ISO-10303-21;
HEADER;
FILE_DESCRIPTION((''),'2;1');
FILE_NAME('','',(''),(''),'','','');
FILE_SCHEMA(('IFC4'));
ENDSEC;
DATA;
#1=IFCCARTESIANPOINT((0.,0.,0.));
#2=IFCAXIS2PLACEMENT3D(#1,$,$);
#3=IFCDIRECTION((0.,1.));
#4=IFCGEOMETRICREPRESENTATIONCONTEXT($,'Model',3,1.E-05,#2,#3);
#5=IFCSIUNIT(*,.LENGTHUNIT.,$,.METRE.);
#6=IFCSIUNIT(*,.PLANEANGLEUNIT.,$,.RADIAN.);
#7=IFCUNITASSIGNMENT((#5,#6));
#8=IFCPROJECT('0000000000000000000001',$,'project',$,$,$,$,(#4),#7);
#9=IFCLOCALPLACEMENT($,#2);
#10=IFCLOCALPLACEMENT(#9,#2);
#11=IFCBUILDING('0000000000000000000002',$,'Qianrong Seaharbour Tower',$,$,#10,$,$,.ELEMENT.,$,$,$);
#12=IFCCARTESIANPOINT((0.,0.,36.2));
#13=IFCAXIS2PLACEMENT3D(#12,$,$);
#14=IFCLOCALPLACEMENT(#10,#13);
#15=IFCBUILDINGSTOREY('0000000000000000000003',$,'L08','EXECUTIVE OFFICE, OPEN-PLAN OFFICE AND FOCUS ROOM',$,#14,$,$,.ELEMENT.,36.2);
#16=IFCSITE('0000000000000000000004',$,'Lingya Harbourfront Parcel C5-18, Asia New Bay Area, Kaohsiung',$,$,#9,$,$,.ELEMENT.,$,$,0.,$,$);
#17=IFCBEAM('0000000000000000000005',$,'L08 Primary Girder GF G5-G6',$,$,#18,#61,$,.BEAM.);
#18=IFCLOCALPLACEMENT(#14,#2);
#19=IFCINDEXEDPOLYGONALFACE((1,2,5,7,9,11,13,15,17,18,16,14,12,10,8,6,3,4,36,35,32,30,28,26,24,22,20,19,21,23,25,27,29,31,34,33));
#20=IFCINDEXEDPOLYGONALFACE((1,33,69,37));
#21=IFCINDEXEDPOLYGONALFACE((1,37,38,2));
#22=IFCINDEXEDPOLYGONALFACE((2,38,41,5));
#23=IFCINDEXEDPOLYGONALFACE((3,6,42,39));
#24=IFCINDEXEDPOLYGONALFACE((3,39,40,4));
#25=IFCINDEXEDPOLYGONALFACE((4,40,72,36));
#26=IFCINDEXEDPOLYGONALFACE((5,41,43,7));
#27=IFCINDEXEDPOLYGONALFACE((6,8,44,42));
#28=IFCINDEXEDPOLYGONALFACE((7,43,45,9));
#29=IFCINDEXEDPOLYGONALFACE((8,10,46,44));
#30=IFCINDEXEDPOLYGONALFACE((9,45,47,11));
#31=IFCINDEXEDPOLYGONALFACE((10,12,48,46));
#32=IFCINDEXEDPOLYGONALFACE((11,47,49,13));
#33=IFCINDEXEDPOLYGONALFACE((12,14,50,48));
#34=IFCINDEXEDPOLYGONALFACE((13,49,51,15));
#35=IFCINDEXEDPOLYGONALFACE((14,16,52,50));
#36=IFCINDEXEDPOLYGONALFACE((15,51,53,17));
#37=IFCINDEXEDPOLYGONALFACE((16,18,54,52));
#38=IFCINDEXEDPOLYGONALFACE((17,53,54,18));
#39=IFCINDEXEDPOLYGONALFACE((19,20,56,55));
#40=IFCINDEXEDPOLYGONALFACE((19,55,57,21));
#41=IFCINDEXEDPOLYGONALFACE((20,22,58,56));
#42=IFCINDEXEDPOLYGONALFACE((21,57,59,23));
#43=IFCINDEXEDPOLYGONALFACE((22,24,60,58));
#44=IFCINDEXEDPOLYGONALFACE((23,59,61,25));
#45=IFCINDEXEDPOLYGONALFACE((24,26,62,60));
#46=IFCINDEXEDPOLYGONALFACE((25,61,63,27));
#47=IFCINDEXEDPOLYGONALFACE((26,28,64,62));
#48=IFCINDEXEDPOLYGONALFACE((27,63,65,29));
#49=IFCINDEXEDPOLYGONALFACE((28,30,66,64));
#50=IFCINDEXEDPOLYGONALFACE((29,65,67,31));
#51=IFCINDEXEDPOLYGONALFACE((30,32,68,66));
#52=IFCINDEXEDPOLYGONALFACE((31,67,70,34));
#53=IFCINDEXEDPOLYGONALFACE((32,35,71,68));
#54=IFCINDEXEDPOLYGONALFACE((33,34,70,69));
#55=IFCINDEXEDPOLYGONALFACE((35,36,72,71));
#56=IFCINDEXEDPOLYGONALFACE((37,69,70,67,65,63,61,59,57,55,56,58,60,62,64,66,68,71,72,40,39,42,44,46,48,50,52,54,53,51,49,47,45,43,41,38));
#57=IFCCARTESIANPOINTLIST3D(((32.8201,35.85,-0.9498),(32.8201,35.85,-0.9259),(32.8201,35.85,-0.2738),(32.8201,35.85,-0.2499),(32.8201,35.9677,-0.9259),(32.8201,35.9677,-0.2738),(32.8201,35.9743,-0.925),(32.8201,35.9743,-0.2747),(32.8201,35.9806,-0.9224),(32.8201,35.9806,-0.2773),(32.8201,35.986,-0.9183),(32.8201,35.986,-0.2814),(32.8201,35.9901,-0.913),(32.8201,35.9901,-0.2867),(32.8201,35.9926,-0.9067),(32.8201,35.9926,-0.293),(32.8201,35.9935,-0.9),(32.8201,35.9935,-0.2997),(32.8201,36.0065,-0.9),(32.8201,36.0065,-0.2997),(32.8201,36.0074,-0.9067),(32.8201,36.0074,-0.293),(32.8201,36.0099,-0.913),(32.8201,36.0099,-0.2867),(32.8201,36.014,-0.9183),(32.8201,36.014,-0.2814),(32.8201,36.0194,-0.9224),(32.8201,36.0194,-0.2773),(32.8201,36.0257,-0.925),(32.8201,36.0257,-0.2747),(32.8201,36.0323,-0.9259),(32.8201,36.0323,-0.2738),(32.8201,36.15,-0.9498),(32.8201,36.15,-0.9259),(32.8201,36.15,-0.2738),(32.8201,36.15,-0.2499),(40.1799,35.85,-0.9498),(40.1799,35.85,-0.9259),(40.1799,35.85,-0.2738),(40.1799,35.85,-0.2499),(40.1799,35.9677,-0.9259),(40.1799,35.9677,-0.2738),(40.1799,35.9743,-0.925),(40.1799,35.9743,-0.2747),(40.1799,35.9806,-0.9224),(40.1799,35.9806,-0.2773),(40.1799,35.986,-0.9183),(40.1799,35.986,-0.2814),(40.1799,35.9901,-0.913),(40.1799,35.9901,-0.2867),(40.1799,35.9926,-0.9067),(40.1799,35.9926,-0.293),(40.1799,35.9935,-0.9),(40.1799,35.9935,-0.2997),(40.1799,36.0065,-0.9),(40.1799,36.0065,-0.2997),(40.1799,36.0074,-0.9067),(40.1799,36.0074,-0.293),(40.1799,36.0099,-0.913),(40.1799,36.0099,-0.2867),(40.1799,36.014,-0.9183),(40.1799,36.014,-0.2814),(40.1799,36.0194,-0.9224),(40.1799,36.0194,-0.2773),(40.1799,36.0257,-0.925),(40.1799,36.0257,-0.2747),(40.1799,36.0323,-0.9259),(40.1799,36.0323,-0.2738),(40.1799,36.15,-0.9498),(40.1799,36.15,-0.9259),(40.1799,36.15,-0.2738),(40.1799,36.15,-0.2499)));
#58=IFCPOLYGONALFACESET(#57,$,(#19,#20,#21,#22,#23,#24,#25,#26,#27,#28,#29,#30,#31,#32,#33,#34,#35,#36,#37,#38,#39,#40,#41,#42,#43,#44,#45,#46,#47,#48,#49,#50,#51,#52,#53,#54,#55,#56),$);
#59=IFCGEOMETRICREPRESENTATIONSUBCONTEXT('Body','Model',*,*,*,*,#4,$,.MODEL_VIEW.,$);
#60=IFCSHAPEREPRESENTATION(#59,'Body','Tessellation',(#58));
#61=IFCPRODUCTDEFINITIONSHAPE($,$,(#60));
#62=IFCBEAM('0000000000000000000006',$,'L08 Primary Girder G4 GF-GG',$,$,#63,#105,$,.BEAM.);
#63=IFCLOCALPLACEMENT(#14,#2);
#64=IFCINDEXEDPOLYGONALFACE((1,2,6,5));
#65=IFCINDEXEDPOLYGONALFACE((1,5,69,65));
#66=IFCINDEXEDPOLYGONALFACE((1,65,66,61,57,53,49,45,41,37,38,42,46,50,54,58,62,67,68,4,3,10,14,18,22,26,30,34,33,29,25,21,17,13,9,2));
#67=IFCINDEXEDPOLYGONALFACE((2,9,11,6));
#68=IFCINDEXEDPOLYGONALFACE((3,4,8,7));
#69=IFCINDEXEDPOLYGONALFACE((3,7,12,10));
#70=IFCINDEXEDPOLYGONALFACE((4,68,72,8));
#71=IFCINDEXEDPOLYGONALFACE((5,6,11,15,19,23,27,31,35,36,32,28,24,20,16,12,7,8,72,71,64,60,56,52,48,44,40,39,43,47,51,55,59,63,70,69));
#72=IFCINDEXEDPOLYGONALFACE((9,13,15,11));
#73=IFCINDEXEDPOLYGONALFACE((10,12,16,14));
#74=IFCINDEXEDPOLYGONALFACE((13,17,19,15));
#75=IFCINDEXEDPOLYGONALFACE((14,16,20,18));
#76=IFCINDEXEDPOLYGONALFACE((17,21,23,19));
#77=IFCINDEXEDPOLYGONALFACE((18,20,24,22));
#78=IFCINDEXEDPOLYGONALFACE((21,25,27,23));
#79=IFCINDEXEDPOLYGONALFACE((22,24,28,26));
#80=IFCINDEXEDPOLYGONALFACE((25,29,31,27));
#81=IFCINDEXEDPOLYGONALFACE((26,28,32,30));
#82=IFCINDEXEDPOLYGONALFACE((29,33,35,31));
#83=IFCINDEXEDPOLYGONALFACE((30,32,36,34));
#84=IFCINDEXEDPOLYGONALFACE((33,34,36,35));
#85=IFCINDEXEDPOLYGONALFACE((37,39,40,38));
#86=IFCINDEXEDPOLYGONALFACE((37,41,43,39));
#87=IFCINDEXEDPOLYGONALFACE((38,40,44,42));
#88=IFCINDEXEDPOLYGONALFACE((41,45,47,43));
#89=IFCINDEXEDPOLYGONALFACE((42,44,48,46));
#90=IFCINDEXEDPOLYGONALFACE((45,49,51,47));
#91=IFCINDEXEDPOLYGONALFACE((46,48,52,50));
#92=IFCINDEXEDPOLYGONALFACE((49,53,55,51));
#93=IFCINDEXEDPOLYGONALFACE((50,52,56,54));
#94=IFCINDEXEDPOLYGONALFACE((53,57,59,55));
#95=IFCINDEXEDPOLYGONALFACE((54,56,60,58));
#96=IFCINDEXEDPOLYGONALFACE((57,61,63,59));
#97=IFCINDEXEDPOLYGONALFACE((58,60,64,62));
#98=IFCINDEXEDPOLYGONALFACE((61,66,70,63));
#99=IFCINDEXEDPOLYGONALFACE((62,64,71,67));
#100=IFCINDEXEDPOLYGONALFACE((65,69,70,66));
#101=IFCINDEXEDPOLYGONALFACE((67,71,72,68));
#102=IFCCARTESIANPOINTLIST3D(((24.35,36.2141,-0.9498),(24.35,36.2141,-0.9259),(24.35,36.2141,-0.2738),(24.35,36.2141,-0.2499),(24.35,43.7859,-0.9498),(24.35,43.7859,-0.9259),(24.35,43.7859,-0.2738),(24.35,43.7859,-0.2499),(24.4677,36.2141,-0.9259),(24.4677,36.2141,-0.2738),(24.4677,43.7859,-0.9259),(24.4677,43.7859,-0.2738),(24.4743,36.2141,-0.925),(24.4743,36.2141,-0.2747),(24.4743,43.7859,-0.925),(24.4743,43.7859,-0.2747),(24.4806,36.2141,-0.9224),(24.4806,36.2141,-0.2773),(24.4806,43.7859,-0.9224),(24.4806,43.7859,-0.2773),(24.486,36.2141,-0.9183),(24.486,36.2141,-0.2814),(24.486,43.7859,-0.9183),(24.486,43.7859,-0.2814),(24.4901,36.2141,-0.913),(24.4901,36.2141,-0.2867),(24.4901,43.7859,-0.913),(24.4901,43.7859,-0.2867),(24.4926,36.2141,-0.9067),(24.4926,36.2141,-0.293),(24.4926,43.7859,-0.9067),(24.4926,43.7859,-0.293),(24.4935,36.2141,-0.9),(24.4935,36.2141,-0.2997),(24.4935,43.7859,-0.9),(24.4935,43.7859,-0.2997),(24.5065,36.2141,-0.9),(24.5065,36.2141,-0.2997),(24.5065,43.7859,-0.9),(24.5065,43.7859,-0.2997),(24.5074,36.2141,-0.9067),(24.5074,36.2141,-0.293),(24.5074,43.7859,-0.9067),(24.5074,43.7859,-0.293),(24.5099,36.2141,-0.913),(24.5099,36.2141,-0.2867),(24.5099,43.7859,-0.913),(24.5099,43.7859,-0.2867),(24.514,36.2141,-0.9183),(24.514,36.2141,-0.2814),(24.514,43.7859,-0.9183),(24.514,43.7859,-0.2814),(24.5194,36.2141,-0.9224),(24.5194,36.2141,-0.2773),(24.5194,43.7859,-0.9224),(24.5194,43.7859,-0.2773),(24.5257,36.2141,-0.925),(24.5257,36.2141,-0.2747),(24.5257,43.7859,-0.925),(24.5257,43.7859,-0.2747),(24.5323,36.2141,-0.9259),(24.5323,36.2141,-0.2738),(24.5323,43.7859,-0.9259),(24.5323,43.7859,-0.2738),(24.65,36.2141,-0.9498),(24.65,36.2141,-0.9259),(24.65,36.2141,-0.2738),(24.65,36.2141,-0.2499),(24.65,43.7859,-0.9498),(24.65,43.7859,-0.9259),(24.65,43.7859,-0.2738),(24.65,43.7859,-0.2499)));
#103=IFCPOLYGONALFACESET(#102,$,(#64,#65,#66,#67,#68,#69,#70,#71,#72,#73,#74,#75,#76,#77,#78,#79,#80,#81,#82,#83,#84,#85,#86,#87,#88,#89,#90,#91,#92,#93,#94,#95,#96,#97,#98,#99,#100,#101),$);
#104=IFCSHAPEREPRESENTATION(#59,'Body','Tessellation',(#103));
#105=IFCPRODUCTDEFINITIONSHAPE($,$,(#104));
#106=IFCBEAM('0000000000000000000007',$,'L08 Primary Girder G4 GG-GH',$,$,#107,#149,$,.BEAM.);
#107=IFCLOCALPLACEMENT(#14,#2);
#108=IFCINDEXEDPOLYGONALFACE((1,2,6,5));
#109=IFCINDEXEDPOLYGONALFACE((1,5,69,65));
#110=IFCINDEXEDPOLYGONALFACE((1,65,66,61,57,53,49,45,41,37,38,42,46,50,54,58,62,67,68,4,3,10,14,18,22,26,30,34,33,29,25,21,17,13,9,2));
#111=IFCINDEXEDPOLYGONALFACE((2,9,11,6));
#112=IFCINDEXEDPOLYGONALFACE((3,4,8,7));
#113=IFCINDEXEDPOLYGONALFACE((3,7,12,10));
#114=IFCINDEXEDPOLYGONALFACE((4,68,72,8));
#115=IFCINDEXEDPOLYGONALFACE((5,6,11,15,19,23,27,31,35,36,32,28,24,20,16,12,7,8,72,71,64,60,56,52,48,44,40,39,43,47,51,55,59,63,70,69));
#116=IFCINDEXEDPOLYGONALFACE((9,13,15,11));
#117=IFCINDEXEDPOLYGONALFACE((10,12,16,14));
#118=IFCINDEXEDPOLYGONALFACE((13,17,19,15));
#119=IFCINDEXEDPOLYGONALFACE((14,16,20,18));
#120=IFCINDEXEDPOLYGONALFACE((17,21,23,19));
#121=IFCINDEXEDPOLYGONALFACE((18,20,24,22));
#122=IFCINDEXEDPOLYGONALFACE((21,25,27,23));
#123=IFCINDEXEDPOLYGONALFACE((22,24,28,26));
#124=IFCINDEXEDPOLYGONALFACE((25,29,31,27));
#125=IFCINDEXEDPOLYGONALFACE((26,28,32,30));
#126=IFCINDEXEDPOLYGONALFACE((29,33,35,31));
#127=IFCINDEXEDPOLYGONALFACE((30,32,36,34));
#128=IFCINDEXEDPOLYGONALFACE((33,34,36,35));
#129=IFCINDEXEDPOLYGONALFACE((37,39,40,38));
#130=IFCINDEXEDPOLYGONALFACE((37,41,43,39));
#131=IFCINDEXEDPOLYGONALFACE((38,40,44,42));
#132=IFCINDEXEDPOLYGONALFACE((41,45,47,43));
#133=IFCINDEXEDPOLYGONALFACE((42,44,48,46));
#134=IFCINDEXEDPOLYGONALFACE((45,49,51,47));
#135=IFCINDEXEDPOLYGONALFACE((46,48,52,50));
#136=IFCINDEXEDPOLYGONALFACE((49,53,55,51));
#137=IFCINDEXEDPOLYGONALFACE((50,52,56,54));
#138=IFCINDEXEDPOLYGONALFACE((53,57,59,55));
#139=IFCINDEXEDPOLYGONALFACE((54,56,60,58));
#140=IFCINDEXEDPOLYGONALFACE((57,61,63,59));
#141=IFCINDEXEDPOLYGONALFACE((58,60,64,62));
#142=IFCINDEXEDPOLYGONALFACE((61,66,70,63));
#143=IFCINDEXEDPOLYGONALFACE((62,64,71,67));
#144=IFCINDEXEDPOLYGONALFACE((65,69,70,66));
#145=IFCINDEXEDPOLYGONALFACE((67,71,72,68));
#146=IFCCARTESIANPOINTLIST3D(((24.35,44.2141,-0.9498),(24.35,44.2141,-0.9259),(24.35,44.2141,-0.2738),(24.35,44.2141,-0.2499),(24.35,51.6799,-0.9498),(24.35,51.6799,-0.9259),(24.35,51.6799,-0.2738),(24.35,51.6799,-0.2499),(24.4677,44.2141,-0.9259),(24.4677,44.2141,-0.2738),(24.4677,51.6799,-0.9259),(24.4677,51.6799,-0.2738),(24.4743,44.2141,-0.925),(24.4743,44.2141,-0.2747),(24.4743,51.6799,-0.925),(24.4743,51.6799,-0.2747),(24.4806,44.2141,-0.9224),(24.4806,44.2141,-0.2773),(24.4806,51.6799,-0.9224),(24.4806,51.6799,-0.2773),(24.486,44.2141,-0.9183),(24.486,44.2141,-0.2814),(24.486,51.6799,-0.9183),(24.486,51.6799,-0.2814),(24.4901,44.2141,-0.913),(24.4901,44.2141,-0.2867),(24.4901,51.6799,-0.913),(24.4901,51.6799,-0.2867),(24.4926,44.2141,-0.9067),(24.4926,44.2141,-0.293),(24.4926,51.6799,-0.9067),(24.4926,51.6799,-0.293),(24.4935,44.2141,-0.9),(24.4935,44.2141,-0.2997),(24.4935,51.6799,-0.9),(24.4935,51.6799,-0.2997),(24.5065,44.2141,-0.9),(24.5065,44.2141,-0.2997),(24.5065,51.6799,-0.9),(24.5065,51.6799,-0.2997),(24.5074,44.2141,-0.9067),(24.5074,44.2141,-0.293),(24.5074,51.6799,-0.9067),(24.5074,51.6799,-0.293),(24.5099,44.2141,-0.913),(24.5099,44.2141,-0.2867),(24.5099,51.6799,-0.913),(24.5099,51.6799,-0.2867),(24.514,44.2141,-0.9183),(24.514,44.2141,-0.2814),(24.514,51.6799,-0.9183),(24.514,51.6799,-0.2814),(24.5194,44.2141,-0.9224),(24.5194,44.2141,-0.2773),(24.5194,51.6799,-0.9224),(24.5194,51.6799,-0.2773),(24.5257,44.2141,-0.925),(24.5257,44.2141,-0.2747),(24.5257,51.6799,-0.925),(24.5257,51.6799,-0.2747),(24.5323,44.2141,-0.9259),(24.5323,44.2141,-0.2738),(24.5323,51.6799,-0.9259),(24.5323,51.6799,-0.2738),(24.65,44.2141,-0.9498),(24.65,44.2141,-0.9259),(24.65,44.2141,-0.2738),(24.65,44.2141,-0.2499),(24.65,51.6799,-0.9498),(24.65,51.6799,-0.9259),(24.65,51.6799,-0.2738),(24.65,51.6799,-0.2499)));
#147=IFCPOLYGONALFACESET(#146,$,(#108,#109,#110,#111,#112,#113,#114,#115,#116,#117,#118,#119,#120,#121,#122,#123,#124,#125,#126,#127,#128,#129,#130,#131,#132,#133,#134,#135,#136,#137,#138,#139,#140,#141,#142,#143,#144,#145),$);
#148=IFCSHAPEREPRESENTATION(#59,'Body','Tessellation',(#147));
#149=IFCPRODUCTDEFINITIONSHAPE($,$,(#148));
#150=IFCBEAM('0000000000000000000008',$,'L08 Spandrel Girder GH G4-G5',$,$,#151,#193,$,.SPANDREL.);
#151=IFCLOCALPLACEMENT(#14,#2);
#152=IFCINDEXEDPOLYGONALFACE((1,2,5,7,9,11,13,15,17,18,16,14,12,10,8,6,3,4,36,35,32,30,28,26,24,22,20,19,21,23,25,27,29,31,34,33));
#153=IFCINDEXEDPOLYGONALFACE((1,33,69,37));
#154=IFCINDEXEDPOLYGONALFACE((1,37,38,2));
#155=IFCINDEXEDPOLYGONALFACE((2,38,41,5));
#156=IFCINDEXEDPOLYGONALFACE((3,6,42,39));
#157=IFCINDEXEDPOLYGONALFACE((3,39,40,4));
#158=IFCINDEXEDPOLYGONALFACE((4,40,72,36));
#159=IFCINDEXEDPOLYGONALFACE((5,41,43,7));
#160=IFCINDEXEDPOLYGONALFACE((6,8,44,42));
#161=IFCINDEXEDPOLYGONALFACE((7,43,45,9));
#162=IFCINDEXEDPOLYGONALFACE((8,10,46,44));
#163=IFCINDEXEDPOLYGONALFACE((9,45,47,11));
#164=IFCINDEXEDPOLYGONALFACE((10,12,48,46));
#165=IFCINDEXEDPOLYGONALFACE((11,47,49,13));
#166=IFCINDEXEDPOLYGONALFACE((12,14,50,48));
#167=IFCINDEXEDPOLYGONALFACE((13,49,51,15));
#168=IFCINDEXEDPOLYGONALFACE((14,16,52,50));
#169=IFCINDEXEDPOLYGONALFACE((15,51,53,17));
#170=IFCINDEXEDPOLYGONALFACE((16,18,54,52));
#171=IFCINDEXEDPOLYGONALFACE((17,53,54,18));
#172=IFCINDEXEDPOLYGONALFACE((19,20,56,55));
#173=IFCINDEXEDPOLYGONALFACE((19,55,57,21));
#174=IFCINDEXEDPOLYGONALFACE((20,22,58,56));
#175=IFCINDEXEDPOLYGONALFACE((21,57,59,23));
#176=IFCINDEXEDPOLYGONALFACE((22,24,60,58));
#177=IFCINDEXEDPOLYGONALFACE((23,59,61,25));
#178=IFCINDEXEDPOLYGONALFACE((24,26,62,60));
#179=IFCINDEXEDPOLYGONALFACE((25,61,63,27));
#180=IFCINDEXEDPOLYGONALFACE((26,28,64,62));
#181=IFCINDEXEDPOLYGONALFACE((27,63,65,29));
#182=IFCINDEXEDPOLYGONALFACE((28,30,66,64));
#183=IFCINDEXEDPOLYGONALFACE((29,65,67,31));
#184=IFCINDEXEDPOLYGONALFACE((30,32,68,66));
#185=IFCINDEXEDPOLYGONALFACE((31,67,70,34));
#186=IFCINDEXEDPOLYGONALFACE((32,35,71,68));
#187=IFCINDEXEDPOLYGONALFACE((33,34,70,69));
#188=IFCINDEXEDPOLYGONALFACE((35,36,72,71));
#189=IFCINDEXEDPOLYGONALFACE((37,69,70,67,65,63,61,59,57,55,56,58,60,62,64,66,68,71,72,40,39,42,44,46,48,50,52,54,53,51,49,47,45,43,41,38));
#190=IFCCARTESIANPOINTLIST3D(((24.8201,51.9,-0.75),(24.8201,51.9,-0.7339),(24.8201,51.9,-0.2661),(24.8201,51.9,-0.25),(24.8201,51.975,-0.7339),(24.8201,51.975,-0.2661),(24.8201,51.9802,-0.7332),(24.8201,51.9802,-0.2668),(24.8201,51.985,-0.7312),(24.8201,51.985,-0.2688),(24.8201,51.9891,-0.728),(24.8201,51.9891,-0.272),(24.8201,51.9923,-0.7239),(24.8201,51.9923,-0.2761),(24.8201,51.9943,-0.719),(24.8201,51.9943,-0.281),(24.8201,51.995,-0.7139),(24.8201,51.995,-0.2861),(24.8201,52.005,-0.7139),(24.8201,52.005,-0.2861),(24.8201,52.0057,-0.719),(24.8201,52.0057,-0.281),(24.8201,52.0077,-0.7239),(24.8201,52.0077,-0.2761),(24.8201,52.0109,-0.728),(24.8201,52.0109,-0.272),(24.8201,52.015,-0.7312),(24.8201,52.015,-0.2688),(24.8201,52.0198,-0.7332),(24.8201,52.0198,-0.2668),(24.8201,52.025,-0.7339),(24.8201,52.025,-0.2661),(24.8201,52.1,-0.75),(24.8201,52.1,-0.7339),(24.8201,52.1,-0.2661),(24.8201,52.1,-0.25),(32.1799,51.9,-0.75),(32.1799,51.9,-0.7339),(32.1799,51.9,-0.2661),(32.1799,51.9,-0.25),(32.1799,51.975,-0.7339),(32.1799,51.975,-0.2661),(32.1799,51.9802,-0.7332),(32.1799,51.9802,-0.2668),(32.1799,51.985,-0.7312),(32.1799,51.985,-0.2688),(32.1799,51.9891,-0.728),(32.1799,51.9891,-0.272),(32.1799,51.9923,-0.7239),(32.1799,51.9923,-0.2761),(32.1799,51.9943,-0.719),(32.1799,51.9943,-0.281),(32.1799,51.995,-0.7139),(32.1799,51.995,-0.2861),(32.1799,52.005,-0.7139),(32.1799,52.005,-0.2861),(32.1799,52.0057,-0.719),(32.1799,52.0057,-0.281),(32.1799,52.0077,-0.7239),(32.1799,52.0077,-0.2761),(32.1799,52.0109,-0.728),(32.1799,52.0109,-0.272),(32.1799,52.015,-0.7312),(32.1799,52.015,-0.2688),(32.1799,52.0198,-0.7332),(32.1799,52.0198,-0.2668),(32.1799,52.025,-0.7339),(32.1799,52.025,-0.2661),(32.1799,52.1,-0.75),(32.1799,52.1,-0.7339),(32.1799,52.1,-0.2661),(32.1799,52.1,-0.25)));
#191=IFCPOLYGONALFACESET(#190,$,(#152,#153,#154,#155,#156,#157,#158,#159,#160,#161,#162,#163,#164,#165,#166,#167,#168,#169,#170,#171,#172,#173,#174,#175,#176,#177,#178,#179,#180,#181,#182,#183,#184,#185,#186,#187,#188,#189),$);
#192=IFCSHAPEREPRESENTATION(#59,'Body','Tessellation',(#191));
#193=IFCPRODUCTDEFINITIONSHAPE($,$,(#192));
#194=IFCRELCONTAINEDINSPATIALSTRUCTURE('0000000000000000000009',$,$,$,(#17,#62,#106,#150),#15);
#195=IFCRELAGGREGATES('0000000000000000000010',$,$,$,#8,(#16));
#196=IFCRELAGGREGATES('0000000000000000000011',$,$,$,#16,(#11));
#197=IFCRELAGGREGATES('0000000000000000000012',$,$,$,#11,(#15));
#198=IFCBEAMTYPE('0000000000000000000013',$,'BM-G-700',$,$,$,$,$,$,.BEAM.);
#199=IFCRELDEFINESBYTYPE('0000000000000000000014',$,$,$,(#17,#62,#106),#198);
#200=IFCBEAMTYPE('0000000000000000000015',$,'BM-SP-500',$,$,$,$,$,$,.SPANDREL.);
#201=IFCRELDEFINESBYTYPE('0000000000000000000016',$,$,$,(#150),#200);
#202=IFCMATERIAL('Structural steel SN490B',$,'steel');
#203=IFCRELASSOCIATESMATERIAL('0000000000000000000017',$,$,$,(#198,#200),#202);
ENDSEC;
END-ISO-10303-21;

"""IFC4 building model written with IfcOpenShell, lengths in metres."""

from ifc_helpers import new_model, si_unit, direction, frame, origin, origin_2d, place, context, subcontext, project, spatial, i_section, extrude, material, material_profile, profile_set, type_object, element, save


model = new_model("IFC4")

# Units and contexts
model_context = context("Model", 3, precision=1e-05, world=origin(), true_north=direction((0.0, 1.0)))
body_context = subcontext(model_context, "Body", "Model", "MODEL_VIEW")
ifc_project = project(units=[si_unit("LENGTHUNIT", "METRE"), si_unit("PLANEANGLEUNIT", "RADIAN")], contexts=[model_context])

# Site, building, storey
site_placement = place(None, origin())
site = spatial("IfcSite", under=ifc_project, at=site_placement, Name="Lingya Harbourfront Parcel C5-18, Asia New Bay Area, Kaohsiung", CompositionType="ELEMENT", RefElevation=0.0)
building_placement = place(site_placement, origin())
building = spatial("IfcBuilding", under=site, at=building_placement, Name="Qianrong Seaharbour Tower", CompositionType="ELEMENT")
storey_placement = place(building_placement, frame((0.0, 0.0, 36.2)))
storey = spatial("IfcBuildingStorey", under=building, at=storey_placement, Name="L08", Description="EXECUTIVE OFFICE, OPEN-PLAN OFFICE AND FOCUS ROOM", CompositionType="ELEMENT", Elevation=36.2)

# Shared definitions
ifc_material_1 = material(Name="Structural steel SN490B", Category="steel")

# Beams
ifc_material_profile_1 = material_profile(ifc_material_1, i_section(OverallWidth=0.3, OverallDepth=0.7, WebThickness=0.0129, FlangeThickness=0.0239, FilletRadius=0.0259, at=origin_2d()), Name="H700x300x13x24")
ifc_profile_set_1 = profile_set([ifc_material_profile_1], Name="Structural steel SN490B")
beam_type_1 = type_object("IfcBeamType", Name="BM-G-700", PredefinedType="BEAM", material=ifc_profile_set_1)
beam_1_placement = place(storey_placement, frame((32.8201, 36.0, -0.5999), z_axis=(1.0, 0.0, 0.0), x_axis=(0.0, 1.0, 0.0)))
element("IfcBeam", 1, at=beam_1_placement, inside=storey, type_object=beam_type_1, Name="L08 Primary Girder GF G5-G6", PredefinedType="BEAM", context=body_context, shape_type="SweptSolid", body=[
    extrude(i_section(OverallWidth=0.3, OverallDepth=0.7, WebThickness=0.0129, FlangeThickness=0.0239, FilletRadius=0.0259, at=origin_2d()), origin(), (0.0, 0.0, 1.0), 7.3599),
])
beam_2_placement = place(storey_placement, frame((24.5, 36.2141, -0.5999), z_axis=(0.0, 1.0, 0.0), x_axis=(-1.0, 0.0, 0.0)))
element("IfcBeam", 2, at=beam_2_placement, inside=storey, type_object=beam_type_1, Name="L08 Primary Girder G4 GF-GG", PredefinedType="BEAM", context=body_context, shape_type="SweptSolid", body=[
    extrude(i_section(OverallWidth=0.3, OverallDepth=0.7, WebThickness=0.0129, FlangeThickness=0.0239, FilletRadius=0.0259, at=origin_2d()), origin(), (0.0, 0.0, 1.0), 7.5718),
])
beam_3_placement = place(storey_placement, frame((24.5, 44.2141, -0.5999), z_axis=(0.0, 1.0, 0.0), x_axis=(-1.0, 0.0, 0.0)))
element("IfcBeam", 3, at=beam_3_placement, inside=storey, type_object=beam_type_1, Name="L08 Primary Girder G4 GG-GH", PredefinedType="BEAM", context=body_context, shape_type="SweptSolid", body=[
    extrude(i_section(OverallWidth=0.3, OverallDepth=0.7, WebThickness=0.0129, FlangeThickness=0.0239, FilletRadius=0.0259, at=origin_2d()), origin(), (0.0, 0.0, 1.0), 7.4658),
])
ifc_material_profile_2 = material_profile(ifc_material_1, i_section(OverallWidth=0.2, OverallDepth=0.5, WebThickness=0.01, FlangeThickness=0.0161, FilletRadius=0.02, at=origin_2d()), Name="H500x200x10x16")
ifc_profile_set_2 = profile_set([ifc_material_profile_2], Name="Structural steel SN490B")
beam_type_2 = type_object("IfcBeamType", Name="BM-SP-500", PredefinedType="SPANDREL", material=ifc_profile_set_2)
for number, where, z_axis, x_axis, name in (
    (4, (24.8201, 52.0, -0.5), (1.0, 0.0, 0.0), (0.0, 1.0, 0.0), "L08 Spandrel Girder GH G4-G5"),
):
    element("IfcBeam", number, at=place(storey_placement, frame(where, z_axis=z_axis, x_axis=x_axis)), inside=storey, type_object=beam_type_2, Name=name, PredefinedType="SPANDREL", context=body_context, shape_type="SweptSolid", body=[
        extrude(i_section(OverallWidth=0.2, OverallDepth=0.5, WebThickness=0.01, FlangeThickness=0.0161, FilletRadius=0.02, at=origin_2d()), origin(), (0.0, 0.0, 1.0), 7.3599),
    ])

save(model, "model.ifc")
